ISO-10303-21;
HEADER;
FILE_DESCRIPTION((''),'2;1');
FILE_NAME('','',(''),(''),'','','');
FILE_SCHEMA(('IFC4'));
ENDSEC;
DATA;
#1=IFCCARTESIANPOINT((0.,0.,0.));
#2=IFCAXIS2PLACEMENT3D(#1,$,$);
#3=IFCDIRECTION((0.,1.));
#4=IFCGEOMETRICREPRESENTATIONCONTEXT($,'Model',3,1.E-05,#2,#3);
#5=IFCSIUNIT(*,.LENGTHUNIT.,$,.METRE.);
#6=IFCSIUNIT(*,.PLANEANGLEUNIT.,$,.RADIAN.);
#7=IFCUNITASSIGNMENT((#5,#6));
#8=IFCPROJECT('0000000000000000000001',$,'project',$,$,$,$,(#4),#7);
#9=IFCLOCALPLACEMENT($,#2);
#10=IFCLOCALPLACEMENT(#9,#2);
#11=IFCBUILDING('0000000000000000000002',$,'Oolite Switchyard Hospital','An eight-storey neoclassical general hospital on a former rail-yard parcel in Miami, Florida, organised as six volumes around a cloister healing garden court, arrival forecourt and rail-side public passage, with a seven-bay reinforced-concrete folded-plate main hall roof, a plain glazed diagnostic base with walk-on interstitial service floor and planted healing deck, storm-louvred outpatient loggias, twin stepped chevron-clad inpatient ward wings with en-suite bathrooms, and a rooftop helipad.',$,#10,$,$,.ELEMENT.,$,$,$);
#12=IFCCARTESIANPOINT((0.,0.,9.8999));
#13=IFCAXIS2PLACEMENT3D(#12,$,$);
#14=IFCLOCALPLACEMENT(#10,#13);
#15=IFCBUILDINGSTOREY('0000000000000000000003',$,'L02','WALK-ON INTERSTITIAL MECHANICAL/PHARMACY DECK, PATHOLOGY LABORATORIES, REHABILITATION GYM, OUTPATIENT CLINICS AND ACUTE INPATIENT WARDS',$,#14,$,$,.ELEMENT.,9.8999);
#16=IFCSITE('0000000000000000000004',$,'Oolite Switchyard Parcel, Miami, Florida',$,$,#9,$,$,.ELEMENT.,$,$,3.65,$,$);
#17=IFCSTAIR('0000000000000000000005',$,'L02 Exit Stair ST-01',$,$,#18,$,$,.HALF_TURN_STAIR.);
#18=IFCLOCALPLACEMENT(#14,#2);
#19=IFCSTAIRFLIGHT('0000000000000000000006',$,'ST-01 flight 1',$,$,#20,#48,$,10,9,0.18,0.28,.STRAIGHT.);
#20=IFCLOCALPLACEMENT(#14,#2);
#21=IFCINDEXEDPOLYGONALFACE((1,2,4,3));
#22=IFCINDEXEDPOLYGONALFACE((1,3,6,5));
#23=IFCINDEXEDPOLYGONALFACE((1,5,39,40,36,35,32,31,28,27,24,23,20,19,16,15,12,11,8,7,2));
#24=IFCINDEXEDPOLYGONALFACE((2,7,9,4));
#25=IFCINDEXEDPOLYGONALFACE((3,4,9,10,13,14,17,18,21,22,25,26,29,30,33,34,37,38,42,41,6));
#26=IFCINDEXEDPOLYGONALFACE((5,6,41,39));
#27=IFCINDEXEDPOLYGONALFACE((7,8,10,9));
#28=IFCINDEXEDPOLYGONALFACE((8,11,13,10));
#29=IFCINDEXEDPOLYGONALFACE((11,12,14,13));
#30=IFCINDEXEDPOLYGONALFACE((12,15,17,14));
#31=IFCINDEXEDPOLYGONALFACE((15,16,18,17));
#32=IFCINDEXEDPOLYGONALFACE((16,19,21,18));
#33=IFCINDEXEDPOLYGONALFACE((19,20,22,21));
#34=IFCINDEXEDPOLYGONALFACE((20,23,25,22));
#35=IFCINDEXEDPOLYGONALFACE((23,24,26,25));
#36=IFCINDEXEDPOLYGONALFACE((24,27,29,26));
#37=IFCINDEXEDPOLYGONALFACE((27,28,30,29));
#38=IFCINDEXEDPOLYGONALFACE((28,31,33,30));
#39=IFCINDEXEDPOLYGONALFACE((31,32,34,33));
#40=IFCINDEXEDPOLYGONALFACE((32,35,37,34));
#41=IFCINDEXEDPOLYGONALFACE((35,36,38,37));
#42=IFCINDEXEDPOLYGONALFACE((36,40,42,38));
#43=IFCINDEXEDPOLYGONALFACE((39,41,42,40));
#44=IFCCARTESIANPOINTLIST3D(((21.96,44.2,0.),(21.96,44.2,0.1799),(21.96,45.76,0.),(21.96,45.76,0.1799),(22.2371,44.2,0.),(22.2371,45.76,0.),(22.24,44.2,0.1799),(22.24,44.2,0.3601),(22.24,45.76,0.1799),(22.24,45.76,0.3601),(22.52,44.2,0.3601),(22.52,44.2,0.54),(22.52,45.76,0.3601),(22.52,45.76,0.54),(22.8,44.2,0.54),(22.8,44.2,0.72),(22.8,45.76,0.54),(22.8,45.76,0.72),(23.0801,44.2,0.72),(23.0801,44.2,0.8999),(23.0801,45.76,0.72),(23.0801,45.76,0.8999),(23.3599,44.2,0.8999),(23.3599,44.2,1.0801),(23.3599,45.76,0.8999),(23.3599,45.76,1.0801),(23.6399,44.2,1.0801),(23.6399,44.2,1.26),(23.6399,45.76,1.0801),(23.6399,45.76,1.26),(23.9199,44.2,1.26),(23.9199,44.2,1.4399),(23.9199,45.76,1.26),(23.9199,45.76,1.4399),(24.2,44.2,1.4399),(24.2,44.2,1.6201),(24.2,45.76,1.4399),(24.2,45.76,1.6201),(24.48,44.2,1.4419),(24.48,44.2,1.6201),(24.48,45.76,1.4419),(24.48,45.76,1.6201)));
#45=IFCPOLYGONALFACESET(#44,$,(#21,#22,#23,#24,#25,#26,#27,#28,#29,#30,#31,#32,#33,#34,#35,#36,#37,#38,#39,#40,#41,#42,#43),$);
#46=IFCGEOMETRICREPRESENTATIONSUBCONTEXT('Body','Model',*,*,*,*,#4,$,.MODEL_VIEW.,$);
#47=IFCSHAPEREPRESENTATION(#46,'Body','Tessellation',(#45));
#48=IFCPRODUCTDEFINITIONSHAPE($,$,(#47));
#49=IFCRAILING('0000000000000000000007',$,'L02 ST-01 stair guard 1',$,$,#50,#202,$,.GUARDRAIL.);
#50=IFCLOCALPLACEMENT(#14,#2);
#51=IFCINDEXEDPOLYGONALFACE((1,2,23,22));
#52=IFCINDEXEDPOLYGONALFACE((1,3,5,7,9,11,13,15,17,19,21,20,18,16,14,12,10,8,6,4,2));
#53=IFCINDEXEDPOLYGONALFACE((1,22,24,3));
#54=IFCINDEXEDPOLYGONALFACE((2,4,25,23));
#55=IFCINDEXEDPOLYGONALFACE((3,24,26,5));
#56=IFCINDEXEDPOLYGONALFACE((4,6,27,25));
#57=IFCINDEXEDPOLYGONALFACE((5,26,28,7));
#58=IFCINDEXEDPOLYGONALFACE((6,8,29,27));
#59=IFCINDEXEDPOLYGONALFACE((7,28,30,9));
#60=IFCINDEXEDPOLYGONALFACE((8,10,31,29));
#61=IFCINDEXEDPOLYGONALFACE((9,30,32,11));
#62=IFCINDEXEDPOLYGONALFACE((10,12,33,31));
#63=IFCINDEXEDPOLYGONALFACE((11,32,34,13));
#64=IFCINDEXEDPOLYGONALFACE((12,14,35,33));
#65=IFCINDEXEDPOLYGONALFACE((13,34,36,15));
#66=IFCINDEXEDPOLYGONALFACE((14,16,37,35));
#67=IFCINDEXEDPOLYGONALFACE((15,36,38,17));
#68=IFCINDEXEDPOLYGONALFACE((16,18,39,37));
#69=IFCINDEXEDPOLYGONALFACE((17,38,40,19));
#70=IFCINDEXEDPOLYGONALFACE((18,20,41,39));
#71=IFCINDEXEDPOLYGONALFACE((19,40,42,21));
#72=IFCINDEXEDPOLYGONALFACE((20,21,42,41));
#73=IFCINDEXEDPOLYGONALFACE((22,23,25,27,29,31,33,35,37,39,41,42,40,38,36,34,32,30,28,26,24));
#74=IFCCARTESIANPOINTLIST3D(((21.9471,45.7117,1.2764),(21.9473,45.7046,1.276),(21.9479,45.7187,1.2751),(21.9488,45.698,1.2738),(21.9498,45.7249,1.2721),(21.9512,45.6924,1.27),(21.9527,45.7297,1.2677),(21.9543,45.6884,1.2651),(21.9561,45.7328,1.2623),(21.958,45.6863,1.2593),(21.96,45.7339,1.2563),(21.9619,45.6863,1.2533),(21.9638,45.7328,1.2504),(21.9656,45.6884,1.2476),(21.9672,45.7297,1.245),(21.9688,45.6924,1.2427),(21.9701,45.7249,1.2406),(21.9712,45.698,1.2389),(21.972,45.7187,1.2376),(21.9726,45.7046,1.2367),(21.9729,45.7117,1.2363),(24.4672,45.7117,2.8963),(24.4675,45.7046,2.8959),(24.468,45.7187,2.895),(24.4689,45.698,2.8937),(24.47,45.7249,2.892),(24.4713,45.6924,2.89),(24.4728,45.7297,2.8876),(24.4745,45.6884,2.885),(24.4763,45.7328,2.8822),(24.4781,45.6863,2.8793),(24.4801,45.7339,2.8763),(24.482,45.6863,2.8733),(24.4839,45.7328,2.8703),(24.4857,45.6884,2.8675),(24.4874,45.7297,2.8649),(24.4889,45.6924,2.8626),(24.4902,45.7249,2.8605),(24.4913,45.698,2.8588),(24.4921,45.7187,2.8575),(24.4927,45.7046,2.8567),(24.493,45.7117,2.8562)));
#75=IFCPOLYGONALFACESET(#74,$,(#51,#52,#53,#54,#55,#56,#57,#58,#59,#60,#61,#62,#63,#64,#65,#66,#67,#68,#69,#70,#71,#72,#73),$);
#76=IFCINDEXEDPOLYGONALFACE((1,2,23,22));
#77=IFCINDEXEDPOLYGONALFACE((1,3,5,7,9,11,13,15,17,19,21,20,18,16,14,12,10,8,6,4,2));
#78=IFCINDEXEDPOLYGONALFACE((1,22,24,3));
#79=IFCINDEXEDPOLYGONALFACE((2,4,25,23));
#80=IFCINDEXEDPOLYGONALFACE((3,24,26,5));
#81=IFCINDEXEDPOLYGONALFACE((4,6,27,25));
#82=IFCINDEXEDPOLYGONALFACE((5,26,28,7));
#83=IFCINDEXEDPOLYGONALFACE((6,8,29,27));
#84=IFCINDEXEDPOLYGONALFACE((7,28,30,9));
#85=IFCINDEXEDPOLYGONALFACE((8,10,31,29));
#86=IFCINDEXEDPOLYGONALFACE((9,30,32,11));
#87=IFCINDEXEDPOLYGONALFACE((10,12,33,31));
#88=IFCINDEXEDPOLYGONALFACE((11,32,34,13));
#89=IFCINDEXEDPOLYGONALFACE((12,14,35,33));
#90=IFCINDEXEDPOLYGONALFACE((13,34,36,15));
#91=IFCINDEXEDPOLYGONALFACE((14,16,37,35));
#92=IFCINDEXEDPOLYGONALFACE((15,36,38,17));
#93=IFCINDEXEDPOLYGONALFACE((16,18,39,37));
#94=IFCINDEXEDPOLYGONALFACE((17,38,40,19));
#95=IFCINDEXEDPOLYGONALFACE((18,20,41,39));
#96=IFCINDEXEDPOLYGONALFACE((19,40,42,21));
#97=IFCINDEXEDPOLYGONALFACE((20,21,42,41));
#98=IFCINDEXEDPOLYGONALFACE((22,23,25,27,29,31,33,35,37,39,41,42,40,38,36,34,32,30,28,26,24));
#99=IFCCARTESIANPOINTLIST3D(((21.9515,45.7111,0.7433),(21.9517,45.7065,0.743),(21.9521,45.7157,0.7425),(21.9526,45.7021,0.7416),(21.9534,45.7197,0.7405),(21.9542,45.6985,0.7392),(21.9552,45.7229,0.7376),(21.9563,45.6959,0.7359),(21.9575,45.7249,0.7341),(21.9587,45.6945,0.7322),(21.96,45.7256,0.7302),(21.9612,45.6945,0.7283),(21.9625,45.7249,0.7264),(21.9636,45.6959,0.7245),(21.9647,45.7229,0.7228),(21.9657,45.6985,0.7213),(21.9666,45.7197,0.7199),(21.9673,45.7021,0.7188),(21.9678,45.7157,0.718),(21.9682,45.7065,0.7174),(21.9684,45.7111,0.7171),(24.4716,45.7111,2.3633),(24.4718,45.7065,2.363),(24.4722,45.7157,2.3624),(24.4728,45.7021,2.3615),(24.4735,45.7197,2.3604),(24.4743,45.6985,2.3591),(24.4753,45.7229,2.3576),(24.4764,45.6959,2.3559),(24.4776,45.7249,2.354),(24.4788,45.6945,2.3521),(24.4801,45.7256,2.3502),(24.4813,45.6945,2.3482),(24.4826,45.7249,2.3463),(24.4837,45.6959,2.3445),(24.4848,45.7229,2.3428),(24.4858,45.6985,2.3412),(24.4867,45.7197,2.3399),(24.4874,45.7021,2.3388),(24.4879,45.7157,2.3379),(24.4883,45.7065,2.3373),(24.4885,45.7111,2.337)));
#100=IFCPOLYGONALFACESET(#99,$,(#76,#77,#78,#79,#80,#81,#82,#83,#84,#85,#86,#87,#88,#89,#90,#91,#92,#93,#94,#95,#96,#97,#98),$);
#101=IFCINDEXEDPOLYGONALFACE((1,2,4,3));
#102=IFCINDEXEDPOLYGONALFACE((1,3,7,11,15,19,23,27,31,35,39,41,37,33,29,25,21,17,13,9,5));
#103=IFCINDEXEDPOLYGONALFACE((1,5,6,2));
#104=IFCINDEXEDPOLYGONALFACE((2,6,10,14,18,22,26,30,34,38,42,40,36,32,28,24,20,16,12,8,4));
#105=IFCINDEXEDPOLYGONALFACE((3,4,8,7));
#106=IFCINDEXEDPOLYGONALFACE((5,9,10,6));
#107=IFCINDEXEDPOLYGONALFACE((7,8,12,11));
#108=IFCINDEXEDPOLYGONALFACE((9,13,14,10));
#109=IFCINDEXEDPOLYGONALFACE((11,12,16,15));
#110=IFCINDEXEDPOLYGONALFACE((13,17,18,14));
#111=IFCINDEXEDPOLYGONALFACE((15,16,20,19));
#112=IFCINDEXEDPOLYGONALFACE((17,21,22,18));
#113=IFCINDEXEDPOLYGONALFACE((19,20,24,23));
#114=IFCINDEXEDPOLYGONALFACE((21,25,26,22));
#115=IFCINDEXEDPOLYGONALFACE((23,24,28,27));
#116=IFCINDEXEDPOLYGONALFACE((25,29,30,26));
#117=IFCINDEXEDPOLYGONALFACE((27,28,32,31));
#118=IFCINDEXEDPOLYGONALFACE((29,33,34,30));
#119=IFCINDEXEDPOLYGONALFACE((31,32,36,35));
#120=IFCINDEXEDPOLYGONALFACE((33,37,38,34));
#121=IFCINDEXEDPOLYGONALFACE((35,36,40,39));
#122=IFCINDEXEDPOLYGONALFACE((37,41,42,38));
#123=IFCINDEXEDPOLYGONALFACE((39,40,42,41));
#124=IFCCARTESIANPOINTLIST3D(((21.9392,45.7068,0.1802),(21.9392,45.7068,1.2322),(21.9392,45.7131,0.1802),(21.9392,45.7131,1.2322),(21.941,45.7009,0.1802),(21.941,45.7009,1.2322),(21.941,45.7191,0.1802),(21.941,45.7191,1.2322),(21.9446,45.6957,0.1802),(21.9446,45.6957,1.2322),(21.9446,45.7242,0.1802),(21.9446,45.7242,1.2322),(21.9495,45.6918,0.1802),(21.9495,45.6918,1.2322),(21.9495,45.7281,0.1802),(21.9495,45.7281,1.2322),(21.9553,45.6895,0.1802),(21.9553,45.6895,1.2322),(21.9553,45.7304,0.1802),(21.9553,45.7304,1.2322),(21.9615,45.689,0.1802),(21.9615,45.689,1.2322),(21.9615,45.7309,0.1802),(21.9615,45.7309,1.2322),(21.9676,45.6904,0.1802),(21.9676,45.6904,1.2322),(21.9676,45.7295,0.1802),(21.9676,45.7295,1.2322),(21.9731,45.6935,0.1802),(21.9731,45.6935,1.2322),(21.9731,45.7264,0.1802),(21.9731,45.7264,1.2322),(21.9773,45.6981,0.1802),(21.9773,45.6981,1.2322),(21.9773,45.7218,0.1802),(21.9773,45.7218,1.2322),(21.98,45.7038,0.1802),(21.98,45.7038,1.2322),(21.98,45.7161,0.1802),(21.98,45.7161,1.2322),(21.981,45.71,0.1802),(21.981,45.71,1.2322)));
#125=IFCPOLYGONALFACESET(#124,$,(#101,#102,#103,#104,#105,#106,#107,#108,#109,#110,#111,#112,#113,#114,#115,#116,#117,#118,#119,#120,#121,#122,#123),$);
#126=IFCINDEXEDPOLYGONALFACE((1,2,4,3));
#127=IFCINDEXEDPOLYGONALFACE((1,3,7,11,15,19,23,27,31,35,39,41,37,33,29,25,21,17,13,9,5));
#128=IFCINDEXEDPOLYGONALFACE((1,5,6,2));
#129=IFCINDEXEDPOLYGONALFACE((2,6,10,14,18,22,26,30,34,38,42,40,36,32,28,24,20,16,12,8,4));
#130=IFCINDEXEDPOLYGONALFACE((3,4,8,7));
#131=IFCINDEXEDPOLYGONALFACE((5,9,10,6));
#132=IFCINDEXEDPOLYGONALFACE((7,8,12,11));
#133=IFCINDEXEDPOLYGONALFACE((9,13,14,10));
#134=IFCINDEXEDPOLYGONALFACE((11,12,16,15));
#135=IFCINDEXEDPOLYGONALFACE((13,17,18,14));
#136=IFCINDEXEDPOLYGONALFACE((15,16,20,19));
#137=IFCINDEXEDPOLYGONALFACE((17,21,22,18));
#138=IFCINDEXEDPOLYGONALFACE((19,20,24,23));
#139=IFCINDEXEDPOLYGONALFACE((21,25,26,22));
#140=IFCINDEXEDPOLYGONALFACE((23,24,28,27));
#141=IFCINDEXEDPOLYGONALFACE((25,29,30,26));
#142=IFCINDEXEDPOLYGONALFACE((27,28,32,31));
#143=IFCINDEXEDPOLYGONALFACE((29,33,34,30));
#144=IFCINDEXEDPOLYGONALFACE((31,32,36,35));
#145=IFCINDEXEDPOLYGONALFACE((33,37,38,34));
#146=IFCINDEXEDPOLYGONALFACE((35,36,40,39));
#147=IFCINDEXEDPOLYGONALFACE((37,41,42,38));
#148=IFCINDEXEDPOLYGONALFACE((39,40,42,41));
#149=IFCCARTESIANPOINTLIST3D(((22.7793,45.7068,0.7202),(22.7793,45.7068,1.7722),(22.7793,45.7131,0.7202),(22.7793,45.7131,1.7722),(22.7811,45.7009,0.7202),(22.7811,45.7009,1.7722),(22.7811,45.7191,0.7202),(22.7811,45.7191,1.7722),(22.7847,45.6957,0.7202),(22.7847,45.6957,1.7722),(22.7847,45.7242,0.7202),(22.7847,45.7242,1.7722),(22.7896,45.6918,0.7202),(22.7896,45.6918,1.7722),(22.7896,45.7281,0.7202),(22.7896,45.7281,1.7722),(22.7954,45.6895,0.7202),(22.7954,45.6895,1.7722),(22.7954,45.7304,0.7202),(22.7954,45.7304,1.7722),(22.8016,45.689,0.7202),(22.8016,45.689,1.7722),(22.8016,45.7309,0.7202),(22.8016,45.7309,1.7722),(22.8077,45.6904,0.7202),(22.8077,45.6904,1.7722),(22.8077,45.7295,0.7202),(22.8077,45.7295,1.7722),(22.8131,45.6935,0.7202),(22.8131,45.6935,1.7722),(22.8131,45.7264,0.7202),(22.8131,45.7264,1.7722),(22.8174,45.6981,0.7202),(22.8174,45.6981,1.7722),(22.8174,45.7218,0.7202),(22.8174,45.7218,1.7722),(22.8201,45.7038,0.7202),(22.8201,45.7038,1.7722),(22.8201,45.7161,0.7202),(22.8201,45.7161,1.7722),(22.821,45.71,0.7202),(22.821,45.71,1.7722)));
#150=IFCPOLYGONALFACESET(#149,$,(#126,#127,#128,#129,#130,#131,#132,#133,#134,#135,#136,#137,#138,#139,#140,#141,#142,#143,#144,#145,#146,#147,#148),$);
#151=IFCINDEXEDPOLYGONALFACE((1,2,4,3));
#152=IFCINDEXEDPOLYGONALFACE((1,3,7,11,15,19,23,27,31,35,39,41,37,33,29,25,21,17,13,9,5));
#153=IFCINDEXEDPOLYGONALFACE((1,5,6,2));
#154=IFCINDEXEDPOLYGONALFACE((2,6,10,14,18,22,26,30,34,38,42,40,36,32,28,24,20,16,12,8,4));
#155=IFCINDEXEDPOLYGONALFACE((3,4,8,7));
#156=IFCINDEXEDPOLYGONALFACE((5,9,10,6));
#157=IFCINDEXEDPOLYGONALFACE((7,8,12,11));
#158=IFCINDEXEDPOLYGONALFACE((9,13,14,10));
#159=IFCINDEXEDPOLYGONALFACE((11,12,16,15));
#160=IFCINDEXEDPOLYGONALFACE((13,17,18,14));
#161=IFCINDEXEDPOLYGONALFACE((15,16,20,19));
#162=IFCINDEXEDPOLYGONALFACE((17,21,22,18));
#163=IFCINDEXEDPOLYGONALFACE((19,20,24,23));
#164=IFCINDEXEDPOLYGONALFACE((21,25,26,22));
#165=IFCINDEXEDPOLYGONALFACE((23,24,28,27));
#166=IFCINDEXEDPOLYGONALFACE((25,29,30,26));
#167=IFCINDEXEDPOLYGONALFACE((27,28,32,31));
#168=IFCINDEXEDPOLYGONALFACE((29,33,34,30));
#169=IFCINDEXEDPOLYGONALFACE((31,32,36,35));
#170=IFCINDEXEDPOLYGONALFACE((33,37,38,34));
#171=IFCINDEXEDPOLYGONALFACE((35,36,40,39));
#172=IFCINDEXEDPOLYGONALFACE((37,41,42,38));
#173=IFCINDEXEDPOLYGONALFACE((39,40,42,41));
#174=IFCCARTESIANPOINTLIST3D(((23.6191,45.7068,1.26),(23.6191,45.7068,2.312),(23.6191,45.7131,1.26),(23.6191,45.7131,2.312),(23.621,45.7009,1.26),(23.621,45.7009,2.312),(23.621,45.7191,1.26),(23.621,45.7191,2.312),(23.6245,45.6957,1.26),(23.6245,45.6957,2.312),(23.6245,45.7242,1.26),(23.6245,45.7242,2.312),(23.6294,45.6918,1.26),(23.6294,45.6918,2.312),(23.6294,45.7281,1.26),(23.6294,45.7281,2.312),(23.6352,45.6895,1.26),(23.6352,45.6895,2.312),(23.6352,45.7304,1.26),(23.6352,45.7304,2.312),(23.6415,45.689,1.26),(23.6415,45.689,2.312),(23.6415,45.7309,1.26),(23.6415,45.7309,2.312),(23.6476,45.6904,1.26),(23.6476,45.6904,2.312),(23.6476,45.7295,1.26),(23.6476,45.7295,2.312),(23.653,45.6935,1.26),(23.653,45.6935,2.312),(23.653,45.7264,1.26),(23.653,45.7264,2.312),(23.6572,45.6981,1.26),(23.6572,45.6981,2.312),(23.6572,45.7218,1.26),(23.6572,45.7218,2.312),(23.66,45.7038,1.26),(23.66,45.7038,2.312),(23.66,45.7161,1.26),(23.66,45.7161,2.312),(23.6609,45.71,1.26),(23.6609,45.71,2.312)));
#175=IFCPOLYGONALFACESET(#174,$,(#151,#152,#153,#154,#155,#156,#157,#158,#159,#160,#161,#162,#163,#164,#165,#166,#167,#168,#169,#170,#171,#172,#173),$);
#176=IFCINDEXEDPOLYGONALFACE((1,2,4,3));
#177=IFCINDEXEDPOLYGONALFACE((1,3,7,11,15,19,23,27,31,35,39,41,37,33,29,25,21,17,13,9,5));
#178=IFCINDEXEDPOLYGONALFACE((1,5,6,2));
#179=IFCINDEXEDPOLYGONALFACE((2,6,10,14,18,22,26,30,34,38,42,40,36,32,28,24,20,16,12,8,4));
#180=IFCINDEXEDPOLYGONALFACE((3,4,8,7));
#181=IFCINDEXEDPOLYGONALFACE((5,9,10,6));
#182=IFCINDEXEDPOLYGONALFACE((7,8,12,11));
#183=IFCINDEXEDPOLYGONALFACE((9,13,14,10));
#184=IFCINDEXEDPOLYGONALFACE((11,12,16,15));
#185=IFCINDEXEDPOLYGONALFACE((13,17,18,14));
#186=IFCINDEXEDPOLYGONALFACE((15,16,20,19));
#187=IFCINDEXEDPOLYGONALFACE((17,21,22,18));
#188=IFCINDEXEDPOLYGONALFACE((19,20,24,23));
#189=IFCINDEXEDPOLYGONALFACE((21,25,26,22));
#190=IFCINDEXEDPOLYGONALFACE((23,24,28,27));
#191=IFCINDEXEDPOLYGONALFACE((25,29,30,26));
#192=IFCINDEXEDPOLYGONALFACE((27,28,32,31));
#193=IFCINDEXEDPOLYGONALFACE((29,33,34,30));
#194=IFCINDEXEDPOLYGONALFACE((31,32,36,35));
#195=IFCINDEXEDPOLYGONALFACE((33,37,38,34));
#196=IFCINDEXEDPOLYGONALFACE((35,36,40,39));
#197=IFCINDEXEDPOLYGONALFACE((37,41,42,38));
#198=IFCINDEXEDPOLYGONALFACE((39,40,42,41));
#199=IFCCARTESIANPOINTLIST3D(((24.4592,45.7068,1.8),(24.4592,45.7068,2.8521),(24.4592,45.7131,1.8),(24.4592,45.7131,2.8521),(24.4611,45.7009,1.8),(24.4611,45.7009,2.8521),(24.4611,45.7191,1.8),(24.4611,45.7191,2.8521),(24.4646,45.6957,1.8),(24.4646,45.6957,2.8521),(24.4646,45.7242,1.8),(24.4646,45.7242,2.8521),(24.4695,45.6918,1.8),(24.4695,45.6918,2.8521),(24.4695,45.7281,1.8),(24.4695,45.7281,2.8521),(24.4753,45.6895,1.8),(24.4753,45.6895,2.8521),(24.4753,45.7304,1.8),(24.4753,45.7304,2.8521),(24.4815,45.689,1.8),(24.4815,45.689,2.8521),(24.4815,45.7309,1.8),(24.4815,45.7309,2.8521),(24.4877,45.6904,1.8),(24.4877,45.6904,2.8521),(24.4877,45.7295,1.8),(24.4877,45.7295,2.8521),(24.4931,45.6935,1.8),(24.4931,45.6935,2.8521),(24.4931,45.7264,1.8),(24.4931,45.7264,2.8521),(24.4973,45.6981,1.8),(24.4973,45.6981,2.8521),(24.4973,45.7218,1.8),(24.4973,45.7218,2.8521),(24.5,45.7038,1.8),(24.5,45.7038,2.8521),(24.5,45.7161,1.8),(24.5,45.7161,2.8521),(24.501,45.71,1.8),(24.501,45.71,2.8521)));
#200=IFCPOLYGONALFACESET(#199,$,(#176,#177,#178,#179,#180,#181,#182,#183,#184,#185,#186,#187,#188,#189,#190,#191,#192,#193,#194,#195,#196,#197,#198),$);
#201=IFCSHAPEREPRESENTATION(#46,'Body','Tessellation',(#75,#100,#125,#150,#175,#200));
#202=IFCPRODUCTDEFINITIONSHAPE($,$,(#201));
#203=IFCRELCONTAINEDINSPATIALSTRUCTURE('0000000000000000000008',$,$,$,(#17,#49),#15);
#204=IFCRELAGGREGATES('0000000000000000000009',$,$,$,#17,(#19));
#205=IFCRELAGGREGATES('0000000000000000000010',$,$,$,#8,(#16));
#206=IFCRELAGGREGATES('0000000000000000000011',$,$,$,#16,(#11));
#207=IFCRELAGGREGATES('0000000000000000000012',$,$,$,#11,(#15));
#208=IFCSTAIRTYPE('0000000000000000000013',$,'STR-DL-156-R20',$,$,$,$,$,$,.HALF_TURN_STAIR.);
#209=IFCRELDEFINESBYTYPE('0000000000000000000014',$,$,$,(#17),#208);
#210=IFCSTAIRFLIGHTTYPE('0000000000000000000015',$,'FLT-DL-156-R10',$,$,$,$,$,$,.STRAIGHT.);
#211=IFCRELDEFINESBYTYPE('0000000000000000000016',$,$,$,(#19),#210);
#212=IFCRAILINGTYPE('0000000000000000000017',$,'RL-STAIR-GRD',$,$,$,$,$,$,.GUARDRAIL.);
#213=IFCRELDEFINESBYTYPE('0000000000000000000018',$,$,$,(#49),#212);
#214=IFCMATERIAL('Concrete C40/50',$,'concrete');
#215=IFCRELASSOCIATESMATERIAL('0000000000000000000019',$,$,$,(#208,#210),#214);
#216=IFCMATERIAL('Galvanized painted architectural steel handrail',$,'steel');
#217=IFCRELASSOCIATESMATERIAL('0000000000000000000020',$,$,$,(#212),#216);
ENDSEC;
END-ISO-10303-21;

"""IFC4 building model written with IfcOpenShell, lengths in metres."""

from ifc_helpers import new_model, si_unit, direction, frame, origin, origin_2d, place, context, subcontext, project, spatial, polyline, circle, outline, extrude, material, type_object, element, aggregate, save


model = new_model("IFC4")

# Units and contexts
model_context = context("Model", 3, precision=1e-05, world=origin(), true_north=direction((0.0, 1.0)))
body_context = subcontext(model_context, "Body", "Model", "MODEL_VIEW")
ifc_project = project(units=[si_unit("LENGTHUNIT", "METRE"), si_unit("PLANEANGLEUNIT", "RADIAN")], contexts=[model_context])

# Site, building, storey
site_placement = place(None, origin())
site = spatial("IfcSite", under=ifc_project, at=site_placement, Name="Oolite Switchyard Parcel, Miami, Florida", CompositionType="ELEMENT", RefElevation=3.65)
building_placement = place(site_placement, origin())
building = spatial("IfcBuilding", under=site, at=building_placement, Name="Oolite Switchyard Hospital", Description="An eight-storey neoclassical general hospital on a former rail-yard parcel in Miami, Florida, organised as six volumes around a cloister healing garden court, arrival forecourt and rail-side public passage, with a seven-bay reinforced-concrete folded-plate main hall roof, a plain glazed diagnostic base with walk-on interstitial service floor and planted healing deck, storm-louvred outpatient loggias, twin stepped chevron-clad inpatient ward wings with en-suite bathrooms, and a rooftop helipad.", CompositionType="ELEMENT")
storey_placement = place(building_placement, frame((0.0, 0.0, 9.8999)))
storey = spatial("IfcBuildingStorey", under=building, at=storey_placement, Name="L02", Description="WALK-ON INTERSTITIAL MECHANICAL/PHARMACY DECK, PATHOLOGY LABORATORIES, REHABILITATION GYM, OUTPATIENT CLINICS AND ACUTE INPATIENT WARDS", CompositionType="ELEMENT", Elevation=9.8999)

# Shared definitions
ifc_material_1 = material(Name="Concrete C40/50", Category="concrete")

# Stair, stair flight
stair_type = type_object("IfcStairType", Name="STR-DL-156-R20", PredefinedType="HALF_TURN_STAIR", material=ifc_material_1)
stair_placement = place(storey_placement, origin())
stair = element("IfcStair", 1, at=stair_placement, inside=storey, type_object=stair_type, Name="L02 Exit Stair ST-01", PredefinedType="HALF_TURN_STAIR")
stair_flight_type = type_object("IfcStairFlightType", Name="FLT-DL-156-R10", PredefinedType="STRAIGHT", material=ifc_material_1)
stair_flight_placement = place(storey_placement, frame((21.96, 44.98, 0.0), z_axis=(0.0, 0.0, 1.0), x_axis=(1.0, 0.0, 0.0)))
stair_flight = element("IfcStairFlight", 2, at=stair_flight_placement, type_object=stair_flight_type, Name="ST-01 flight 1", NumberOfRisers=10, NumberOfTreads=9, PredefinedType="STRAIGHT", RiserHeight=0.18, TreadLength=0.28, context=body_context, shape_type="SweptSolid", body=[
    extrude(outline(polyline([(0.0, 0.0), (0.0, 0.1799), (0.28, 0.1799), (0.28, 0.3601), (0.5601, 0.3601), (0.5601, 0.54), (0.8401, 0.54), (0.8401, 0.72), (1.1201, 0.72), (1.1201, 0.8999), (1.3999, 0.8999), (1.3999, 1.0801), (1.6799, 1.0801), (1.6799, 1.26), (1.96, 1.26), (1.96, 1.4399), (2.24, 1.4399), (2.24, 1.6201), (2.52, 1.6201), (2.52, 1.8), (2.52, 1.4419), (0.2771, 0.0), (0.0, 0.0)])), frame((0.0, 0.78, 0.0), z_axis=(0.0, -1.0, 0.0), x_axis=(1.0, 0.0, 0.0)), (0.0, 0.0, 1.0), 1.5601),
])
aggregate(stair, [stair_flight])

# Railing
ifc_material_2 = material(Name="Galvanized painted architectural steel handrail", Category="steel")
railing_type_1 = type_object("IfcRailingType", Name="RL-STAIR-GRD", PredefinedType="GUARDRAIL", material=ifc_material_2)
railing_1_placement = place(storey_placement, frame((21.96, 45.71, 0.1802)))
element("IfcRailing", 3, at=railing_1_placement, inside=storey, type_object=railing_type_1, Name="L02 ST-01 stair guard 1", PredefinedType="GUARDRAIL", context=body_context, shape_type="SweptSolid", body=[
    extrude(circle(Radius=0.0239, at=origin_2d()), frame((0.0, 0.0, 1.0762), z_axis=(0.8412, 0.0, 0.540725), x_axis=(0.0, 1.0, 0.0)), (0.0, 0.0, 1.0), 2.9958),
    extrude(circle(Radius=0.0156, at=origin_2d()), frame((0.0, 0.0, 0.55), z_axis=(0.8412, 0.0, 0.540725), x_axis=(0.0, 1.0, 0.0)), (0.0, 0.0, 1.0), 2.9958),
    extrude(circle(Radius=0.021, at=origin_2d()), origin(), (0.0, 0.0, 1.0), 1.052),
    extrude(circle(Radius=0.021, at=origin_2d()), frame((0.8401, 0.0, 0.54)), (0.0, 0.0, 1.0), 1.052),
    extrude(circle(Radius=0.021, at=origin_2d()), frame((1.6799, 0.0, 1.0798)), (0.0, 0.0, 1.0), 1.052),
    extrude(circle(Radius=0.021, at=origin_2d()), frame((2.52, 0.0, 1.6199)), (0.0, 0.0, 1.0), 1.052),
])

save(model, "model.ifc")
